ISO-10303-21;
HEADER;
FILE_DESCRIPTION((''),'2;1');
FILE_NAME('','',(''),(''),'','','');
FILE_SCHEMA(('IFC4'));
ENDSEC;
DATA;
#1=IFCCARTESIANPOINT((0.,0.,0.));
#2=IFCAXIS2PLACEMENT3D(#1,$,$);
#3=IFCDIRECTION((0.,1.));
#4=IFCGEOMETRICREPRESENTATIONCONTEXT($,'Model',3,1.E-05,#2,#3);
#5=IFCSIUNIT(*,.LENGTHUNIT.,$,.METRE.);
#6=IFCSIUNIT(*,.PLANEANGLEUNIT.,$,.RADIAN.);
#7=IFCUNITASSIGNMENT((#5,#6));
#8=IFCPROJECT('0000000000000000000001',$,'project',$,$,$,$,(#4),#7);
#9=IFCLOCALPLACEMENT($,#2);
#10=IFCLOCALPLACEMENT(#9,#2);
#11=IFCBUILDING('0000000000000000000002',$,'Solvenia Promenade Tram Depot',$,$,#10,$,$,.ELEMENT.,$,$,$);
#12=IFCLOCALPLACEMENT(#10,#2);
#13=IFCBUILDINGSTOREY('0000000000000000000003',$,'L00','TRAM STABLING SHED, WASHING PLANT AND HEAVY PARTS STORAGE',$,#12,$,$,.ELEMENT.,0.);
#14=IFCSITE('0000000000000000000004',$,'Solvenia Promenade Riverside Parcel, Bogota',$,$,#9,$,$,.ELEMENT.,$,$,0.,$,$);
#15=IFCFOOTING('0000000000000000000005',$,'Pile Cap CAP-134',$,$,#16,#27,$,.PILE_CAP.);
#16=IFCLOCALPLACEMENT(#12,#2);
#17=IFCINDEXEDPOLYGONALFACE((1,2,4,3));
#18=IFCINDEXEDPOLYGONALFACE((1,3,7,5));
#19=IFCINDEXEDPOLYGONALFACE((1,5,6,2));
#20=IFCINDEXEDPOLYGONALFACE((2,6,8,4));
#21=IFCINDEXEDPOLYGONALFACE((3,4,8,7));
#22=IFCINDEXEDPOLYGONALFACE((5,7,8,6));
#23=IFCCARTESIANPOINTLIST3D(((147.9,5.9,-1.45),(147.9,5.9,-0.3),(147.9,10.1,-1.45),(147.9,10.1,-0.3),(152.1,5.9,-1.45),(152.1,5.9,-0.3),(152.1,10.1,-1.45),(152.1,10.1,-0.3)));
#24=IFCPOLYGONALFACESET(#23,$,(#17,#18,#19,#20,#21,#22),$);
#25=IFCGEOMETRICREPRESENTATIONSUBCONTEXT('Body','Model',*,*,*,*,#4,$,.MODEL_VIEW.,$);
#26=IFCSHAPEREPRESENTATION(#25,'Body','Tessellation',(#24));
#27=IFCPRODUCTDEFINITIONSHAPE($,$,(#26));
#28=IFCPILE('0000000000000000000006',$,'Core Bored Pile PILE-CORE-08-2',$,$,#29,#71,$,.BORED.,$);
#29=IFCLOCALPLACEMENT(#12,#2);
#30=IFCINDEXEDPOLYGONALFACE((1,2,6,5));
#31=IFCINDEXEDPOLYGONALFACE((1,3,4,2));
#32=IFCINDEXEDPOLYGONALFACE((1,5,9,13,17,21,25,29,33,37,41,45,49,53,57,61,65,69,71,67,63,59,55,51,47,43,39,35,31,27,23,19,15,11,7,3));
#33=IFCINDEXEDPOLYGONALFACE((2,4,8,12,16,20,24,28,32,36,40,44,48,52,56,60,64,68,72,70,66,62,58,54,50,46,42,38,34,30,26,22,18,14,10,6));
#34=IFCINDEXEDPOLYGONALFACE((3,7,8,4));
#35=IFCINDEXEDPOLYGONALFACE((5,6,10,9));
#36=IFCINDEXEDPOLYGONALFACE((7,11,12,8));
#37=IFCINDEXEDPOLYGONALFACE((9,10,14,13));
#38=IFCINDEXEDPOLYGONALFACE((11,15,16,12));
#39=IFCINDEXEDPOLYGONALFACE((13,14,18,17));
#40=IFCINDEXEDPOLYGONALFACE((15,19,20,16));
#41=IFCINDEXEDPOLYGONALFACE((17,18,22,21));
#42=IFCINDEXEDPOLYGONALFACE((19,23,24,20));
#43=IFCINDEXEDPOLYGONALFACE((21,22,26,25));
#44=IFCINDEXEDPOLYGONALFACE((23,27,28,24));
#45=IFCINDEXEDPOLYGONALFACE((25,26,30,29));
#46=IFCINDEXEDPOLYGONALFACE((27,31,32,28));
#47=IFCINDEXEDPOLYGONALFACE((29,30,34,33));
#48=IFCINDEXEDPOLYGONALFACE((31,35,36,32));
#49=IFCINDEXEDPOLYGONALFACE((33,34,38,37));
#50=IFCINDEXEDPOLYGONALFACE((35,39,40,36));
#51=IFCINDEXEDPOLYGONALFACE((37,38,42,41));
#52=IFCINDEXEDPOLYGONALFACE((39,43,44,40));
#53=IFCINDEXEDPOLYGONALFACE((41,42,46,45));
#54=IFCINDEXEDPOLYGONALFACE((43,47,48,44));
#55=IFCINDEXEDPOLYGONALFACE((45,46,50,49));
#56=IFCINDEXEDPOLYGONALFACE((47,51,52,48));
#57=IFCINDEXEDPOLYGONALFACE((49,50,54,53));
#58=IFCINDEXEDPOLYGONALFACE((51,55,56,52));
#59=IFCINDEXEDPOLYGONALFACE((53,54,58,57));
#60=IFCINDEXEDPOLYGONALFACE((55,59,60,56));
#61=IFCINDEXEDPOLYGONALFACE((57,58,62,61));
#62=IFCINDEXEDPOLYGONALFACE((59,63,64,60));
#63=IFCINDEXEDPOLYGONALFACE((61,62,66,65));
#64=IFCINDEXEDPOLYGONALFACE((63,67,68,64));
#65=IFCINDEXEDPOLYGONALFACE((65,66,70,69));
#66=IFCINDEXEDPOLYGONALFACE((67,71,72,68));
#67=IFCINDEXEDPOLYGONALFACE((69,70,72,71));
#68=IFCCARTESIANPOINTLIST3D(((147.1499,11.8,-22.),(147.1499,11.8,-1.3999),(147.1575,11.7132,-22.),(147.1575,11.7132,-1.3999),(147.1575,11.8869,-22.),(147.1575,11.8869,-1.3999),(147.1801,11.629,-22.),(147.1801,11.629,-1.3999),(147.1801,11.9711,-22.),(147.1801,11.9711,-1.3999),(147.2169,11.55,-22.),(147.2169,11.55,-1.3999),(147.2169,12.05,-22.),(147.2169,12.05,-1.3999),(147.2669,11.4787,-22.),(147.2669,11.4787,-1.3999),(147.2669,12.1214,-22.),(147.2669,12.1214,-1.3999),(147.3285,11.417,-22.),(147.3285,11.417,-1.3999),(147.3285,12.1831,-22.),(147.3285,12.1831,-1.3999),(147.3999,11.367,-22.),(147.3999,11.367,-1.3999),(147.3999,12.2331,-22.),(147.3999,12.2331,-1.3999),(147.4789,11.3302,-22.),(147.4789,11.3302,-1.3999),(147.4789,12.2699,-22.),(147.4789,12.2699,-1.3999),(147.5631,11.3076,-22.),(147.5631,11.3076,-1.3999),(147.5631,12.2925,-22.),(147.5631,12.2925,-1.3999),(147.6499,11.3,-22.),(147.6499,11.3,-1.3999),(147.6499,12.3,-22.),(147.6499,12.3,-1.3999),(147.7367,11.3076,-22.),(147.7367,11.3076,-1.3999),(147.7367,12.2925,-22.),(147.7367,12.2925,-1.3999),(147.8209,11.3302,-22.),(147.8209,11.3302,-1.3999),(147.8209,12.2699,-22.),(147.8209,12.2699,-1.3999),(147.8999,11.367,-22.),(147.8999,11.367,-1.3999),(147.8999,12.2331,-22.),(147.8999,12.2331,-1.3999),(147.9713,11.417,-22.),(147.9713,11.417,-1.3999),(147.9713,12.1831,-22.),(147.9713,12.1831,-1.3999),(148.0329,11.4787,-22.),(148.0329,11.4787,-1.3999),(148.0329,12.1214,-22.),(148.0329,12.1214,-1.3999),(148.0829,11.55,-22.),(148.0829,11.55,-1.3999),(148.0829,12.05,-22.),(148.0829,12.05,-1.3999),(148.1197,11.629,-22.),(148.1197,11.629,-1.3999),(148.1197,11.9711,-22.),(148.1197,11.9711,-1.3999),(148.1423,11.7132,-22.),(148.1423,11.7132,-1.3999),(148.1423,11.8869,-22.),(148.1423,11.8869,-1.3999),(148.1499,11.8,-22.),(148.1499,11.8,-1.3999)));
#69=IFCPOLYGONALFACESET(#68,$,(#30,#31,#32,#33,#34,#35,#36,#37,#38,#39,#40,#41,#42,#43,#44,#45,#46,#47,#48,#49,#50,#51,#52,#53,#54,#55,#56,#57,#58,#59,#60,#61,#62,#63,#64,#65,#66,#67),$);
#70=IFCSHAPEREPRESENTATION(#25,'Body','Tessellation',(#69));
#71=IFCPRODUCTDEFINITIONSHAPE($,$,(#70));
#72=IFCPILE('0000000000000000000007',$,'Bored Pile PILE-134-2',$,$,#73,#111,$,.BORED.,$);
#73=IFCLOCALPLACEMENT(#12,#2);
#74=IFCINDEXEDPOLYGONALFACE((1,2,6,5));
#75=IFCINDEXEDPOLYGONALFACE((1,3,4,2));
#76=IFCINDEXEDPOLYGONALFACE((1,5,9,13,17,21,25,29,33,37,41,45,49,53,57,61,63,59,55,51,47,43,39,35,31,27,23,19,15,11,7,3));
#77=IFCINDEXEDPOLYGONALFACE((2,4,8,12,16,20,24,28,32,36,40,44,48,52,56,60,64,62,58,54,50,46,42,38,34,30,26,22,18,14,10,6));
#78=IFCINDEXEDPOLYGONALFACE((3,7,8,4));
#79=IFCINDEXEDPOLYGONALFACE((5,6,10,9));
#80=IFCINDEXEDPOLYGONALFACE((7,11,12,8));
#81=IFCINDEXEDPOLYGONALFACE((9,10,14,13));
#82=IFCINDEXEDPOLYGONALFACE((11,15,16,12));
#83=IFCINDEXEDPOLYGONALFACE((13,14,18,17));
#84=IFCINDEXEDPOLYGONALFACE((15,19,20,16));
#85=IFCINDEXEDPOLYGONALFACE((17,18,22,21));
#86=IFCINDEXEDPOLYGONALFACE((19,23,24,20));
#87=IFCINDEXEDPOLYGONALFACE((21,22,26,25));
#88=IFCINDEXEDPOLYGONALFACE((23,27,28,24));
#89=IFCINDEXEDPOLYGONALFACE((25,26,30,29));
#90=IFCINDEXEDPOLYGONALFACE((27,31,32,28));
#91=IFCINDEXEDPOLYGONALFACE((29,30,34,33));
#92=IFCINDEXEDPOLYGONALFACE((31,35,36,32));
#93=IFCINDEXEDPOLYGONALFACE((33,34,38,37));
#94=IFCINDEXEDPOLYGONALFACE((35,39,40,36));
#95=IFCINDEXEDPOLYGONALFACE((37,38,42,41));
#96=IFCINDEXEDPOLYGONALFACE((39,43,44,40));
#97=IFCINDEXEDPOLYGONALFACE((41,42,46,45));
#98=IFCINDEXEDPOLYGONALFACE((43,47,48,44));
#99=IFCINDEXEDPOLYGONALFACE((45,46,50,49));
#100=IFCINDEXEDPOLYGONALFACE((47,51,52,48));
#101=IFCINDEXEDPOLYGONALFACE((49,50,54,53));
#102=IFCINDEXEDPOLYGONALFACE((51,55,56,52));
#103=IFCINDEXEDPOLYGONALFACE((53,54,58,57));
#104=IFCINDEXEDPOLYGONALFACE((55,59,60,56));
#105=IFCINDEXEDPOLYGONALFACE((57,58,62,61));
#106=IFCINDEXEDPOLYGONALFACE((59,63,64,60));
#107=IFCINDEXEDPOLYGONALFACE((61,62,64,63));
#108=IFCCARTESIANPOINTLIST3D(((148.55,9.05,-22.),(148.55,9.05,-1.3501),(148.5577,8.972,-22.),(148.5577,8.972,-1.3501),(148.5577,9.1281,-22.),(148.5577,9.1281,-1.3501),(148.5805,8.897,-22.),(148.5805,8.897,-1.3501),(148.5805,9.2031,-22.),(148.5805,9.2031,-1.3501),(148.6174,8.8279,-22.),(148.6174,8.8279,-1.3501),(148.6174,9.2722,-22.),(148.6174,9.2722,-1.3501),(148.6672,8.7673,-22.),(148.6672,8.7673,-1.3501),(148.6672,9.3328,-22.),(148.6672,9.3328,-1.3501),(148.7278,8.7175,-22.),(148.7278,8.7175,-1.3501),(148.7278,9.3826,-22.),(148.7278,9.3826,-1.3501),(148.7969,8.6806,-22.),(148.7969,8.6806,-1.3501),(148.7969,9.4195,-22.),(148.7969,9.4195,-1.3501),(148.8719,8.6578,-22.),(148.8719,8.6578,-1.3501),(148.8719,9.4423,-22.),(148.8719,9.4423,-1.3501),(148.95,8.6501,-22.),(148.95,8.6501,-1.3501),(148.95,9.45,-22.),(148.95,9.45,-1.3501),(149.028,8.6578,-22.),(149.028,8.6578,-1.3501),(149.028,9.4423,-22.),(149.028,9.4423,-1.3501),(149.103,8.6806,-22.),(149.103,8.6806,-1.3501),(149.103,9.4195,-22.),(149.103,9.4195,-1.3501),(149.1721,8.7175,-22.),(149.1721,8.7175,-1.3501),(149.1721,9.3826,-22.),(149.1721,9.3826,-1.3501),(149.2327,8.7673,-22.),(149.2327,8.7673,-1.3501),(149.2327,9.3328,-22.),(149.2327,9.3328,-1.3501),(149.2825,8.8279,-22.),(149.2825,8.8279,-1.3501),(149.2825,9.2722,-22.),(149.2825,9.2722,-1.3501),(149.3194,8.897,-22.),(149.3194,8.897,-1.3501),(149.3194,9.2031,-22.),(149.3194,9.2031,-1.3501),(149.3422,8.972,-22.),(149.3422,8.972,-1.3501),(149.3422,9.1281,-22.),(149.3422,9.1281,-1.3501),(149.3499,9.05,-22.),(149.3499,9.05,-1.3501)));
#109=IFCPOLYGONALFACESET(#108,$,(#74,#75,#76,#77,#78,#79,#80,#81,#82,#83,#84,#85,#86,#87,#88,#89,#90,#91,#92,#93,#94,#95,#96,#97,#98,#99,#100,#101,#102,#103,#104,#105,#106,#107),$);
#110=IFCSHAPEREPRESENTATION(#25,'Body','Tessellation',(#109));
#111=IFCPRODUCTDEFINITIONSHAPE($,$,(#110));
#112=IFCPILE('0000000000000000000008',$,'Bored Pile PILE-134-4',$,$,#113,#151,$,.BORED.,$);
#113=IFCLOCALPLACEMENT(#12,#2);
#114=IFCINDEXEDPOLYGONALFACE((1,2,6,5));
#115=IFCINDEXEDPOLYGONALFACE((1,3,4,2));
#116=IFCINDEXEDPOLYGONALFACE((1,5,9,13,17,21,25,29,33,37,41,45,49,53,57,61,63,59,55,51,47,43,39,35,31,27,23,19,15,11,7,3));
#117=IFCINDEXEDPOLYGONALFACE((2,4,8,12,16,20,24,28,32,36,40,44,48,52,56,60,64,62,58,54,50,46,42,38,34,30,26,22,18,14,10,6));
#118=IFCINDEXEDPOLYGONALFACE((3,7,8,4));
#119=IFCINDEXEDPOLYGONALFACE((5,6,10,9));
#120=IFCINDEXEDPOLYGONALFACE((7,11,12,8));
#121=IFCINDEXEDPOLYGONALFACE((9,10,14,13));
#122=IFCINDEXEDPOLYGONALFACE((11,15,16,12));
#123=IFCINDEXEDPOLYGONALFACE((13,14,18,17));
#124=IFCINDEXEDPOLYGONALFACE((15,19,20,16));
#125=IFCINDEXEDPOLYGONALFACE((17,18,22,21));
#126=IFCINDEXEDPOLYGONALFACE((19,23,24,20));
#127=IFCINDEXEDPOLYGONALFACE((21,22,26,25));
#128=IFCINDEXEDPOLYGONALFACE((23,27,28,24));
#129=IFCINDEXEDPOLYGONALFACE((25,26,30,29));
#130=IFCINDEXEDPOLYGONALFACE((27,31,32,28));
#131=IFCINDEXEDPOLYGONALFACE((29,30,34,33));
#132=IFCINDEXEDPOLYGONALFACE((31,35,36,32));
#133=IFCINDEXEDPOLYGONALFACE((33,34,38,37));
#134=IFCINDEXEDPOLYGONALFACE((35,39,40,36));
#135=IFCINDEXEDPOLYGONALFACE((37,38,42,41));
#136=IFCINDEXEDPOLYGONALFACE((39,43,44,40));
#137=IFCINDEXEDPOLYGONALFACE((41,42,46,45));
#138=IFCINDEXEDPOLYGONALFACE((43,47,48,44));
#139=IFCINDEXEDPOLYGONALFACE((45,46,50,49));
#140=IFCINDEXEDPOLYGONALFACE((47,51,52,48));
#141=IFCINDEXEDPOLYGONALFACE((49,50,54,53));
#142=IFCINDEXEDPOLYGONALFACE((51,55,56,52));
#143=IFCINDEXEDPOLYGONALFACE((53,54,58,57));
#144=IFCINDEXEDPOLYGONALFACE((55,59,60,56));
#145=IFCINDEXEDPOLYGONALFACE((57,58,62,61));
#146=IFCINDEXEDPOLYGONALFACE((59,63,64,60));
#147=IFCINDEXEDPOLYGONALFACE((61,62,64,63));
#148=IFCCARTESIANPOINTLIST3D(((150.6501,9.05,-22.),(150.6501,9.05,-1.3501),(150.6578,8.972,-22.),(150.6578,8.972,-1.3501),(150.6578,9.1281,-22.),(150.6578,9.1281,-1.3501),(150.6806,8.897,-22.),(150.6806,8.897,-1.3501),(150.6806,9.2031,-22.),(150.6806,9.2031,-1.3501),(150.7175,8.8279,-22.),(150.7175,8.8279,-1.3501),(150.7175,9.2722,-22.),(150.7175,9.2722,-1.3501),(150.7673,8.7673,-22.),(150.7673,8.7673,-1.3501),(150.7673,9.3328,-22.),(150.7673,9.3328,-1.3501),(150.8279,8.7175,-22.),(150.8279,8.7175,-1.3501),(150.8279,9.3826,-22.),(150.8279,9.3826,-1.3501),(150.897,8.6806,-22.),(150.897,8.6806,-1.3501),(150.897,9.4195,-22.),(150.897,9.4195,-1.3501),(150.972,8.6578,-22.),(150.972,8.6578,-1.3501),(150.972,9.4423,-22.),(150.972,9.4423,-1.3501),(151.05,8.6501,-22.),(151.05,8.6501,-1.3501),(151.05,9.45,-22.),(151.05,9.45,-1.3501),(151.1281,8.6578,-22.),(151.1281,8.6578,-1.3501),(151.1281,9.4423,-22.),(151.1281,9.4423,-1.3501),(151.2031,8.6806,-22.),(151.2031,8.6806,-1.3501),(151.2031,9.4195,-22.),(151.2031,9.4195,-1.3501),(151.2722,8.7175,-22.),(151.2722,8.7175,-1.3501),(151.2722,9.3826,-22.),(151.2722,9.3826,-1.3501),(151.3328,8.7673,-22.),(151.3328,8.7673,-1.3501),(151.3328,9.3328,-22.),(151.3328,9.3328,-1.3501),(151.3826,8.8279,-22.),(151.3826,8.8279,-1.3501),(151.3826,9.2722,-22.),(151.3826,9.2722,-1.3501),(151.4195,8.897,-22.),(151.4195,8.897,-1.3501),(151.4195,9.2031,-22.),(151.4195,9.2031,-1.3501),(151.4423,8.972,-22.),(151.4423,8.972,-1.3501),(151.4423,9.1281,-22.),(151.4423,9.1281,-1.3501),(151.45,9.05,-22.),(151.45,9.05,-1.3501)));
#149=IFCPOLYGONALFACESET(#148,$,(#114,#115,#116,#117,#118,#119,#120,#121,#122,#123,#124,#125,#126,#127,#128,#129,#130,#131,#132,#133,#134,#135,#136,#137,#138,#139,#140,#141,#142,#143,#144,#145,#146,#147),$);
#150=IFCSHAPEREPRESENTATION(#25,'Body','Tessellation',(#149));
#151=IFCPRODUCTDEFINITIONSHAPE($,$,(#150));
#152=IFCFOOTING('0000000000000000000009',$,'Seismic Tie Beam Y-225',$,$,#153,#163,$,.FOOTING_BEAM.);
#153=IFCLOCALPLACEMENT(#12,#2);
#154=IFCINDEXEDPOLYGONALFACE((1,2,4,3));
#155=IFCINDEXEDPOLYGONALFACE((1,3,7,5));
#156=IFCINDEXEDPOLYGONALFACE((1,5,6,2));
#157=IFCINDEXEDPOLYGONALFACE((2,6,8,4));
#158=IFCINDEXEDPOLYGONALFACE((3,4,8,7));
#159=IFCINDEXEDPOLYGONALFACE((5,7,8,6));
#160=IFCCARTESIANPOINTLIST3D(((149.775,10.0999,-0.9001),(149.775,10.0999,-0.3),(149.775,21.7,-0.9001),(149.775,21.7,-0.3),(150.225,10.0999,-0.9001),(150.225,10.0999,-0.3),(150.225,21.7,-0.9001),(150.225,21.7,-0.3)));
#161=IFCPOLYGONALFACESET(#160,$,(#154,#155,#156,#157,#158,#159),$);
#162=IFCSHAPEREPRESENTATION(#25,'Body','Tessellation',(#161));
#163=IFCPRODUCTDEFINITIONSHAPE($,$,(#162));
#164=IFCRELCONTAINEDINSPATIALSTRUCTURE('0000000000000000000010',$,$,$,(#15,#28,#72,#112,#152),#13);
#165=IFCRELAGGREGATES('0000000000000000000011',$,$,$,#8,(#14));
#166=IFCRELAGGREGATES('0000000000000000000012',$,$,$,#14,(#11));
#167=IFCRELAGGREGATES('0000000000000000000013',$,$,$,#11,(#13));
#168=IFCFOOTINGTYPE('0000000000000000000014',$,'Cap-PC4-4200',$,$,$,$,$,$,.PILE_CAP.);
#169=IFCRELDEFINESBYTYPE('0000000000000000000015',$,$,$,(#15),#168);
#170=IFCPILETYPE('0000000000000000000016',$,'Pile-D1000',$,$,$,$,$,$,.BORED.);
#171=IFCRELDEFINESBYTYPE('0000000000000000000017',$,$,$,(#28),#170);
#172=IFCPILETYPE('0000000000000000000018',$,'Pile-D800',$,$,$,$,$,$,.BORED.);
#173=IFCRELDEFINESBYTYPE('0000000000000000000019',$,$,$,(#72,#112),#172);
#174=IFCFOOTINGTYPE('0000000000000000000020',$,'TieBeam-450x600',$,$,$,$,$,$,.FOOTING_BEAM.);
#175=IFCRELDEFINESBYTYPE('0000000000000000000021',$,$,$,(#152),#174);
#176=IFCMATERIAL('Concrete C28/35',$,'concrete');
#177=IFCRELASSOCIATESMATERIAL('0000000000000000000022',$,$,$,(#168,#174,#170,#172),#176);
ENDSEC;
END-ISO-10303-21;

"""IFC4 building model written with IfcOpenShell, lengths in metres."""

from ifc_helpers import new_model, si_unit, direction, frame, origin, origin_2d, place, context, subcontext, project, spatial, rectangle, circle, extrude, material, material_profile, profile_set, type_object, element, save


model = new_model("IFC4")

# Units and contexts
model_context = context("Model", 3, precision=1e-05, world=origin(), true_north=direction((0.0, 1.0)))
body_context = subcontext(model_context, "Body", "Model", "MODEL_VIEW")
ifc_project = project(units=[si_unit("LENGTHUNIT", "METRE"), si_unit("PLANEANGLEUNIT", "RADIAN")], contexts=[model_context])

# Site, building, storey
site_placement = place(None, origin())
site = spatial("IfcSite", under=ifc_project, at=site_placement, Name="Solvenia Promenade Riverside Parcel, Bogota", CompositionType="ELEMENT", RefElevation=0.0)
building_placement = place(site_placement, origin())
building = spatial("IfcBuilding", under=site, at=building_placement, Name="Solvenia Promenade Tram Depot", CompositionType="ELEMENT")
storey_placement = place(building_placement, origin())
storey = spatial("IfcBuildingStorey", under=building, at=storey_placement, Name="L00", Description="TRAM STABLING SHED, WASHING PLANT AND HEAVY PARTS STORAGE", CompositionType="ELEMENT", Elevation=0.0)

# Footing
ifc_material_1 = material(Name="Concrete C28/35", Category="concrete")
footing_type_1 = type_object("IfcFootingType", Name="Cap-PC4-4200", PredefinedType="PILE_CAP", material=ifc_material_1)
footing_1_placement = place(storey_placement, frame((150.0, 8.0, -1.45), z_axis=(0.0, 0.0, 1.0), x_axis=(1.0, 0.0, 0.0)))
element("IfcFooting", 1, at=footing_1_placement, inside=storey, type_object=footing_type_1, Name="Pile Cap CAP-134", PredefinedType="PILE_CAP", context=body_context, shape_type="SweptSolid", body=[
    extrude(rectangle(XDim=4.2, YDim=4.2, at=origin_2d()), origin(), (0.0, 0.0, 1.0), 1.1499),
])

# Piles
ifc_material_profile_1 = material_profile(ifc_material_1, circle(Radius=0.5, at=origin_2d()), Name="D1000", Category="concrete")
ifc_profile_set_1 = profile_set([ifc_material_profile_1], Name="Concrete C28/35")
pile_type_1 = type_object("IfcPileType", Name="Pile-D1000", PredefinedType="BORED", material=ifc_profile_set_1)
pile_placement = place(storey_placement, frame((147.6499, 11.8, -1.3999), z_axis=(0.0, 0.0, -1.0), x_axis=(1.0, 0.0, 0.0)))
element("IfcPile", 2, at=pile_placement, inside=storey, type_object=pile_type_1, Name="Core Bored Pile PILE-CORE-08-2", PredefinedType="BORED", context=body_context, shape_type="SweptSolid", body=[
    extrude(circle(Radius=0.5, at=origin_2d()), origin(), (0.0, 0.0, 1.0), 20.6001),
])
ifc_material_profile_2 = material_profile(ifc_material_1, circle(Radius=0.3999, at=origin_2d()), Name="D800", Category="concrete")
ifc_profile_set_2 = profile_set([ifc_material_profile_2], Name="Concrete C28/35")
pile_type_2 = type_object("IfcPileType", Name="Pile-D800", PredefinedType="BORED", material=ifc_profile_set_2)
for number, where, z_axis, x_axis, name in (
    (3, (148.95, 9.05, -1.3501), (0.0, 0.0, -1.0), (1.0, 0.0, 0.0), "Bored Pile PILE-134-2"),
    (4, (151.05, 9.05, -1.3501), (0.0, 0.0, -1.0), (1.0, 0.0, 0.0), "Bored Pile PILE-134-4"),
):
    element("IfcPile", number, at=place(storey_placement, frame(where, z_axis=z_axis, x_axis=x_axis)), inside=storey, type_object=pile_type_2, Name=name, PredefinedType="BORED", context=body_context, shape_type="SweptSolid", body=[
        extrude(circle(Radius=0.3999, at=origin_2d()), origin(), (0.0, 0.0, 1.0), 20.6499),
    ])

# Footing
footing_type_2 = type_object("IfcFootingType", Name="TieBeam-450x600", PredefinedType="FOOTING_BEAM", material=ifc_material_1)
footing_2_placement = place(storey_placement, frame((150.0, 15.8999, -0.9001), z_axis=(0.0, 0.0, 1.0), x_axis=(1.0, 0.0, 0.0)))
element("IfcFooting", 5, at=footing_2_placement, inside=storey, type_object=footing_type_2, Name="Seismic Tie Beam Y-225", PredefinedType="FOOTING_BEAM", context=body_context, shape_type="SweptSolid", body=[
    extrude(rectangle(XDim=0.45, YDim=11.6001, at=origin_2d()), origin(), (0.0, 0.0, 1.0), 0.6001),
])

save(model, "model.ifc")
